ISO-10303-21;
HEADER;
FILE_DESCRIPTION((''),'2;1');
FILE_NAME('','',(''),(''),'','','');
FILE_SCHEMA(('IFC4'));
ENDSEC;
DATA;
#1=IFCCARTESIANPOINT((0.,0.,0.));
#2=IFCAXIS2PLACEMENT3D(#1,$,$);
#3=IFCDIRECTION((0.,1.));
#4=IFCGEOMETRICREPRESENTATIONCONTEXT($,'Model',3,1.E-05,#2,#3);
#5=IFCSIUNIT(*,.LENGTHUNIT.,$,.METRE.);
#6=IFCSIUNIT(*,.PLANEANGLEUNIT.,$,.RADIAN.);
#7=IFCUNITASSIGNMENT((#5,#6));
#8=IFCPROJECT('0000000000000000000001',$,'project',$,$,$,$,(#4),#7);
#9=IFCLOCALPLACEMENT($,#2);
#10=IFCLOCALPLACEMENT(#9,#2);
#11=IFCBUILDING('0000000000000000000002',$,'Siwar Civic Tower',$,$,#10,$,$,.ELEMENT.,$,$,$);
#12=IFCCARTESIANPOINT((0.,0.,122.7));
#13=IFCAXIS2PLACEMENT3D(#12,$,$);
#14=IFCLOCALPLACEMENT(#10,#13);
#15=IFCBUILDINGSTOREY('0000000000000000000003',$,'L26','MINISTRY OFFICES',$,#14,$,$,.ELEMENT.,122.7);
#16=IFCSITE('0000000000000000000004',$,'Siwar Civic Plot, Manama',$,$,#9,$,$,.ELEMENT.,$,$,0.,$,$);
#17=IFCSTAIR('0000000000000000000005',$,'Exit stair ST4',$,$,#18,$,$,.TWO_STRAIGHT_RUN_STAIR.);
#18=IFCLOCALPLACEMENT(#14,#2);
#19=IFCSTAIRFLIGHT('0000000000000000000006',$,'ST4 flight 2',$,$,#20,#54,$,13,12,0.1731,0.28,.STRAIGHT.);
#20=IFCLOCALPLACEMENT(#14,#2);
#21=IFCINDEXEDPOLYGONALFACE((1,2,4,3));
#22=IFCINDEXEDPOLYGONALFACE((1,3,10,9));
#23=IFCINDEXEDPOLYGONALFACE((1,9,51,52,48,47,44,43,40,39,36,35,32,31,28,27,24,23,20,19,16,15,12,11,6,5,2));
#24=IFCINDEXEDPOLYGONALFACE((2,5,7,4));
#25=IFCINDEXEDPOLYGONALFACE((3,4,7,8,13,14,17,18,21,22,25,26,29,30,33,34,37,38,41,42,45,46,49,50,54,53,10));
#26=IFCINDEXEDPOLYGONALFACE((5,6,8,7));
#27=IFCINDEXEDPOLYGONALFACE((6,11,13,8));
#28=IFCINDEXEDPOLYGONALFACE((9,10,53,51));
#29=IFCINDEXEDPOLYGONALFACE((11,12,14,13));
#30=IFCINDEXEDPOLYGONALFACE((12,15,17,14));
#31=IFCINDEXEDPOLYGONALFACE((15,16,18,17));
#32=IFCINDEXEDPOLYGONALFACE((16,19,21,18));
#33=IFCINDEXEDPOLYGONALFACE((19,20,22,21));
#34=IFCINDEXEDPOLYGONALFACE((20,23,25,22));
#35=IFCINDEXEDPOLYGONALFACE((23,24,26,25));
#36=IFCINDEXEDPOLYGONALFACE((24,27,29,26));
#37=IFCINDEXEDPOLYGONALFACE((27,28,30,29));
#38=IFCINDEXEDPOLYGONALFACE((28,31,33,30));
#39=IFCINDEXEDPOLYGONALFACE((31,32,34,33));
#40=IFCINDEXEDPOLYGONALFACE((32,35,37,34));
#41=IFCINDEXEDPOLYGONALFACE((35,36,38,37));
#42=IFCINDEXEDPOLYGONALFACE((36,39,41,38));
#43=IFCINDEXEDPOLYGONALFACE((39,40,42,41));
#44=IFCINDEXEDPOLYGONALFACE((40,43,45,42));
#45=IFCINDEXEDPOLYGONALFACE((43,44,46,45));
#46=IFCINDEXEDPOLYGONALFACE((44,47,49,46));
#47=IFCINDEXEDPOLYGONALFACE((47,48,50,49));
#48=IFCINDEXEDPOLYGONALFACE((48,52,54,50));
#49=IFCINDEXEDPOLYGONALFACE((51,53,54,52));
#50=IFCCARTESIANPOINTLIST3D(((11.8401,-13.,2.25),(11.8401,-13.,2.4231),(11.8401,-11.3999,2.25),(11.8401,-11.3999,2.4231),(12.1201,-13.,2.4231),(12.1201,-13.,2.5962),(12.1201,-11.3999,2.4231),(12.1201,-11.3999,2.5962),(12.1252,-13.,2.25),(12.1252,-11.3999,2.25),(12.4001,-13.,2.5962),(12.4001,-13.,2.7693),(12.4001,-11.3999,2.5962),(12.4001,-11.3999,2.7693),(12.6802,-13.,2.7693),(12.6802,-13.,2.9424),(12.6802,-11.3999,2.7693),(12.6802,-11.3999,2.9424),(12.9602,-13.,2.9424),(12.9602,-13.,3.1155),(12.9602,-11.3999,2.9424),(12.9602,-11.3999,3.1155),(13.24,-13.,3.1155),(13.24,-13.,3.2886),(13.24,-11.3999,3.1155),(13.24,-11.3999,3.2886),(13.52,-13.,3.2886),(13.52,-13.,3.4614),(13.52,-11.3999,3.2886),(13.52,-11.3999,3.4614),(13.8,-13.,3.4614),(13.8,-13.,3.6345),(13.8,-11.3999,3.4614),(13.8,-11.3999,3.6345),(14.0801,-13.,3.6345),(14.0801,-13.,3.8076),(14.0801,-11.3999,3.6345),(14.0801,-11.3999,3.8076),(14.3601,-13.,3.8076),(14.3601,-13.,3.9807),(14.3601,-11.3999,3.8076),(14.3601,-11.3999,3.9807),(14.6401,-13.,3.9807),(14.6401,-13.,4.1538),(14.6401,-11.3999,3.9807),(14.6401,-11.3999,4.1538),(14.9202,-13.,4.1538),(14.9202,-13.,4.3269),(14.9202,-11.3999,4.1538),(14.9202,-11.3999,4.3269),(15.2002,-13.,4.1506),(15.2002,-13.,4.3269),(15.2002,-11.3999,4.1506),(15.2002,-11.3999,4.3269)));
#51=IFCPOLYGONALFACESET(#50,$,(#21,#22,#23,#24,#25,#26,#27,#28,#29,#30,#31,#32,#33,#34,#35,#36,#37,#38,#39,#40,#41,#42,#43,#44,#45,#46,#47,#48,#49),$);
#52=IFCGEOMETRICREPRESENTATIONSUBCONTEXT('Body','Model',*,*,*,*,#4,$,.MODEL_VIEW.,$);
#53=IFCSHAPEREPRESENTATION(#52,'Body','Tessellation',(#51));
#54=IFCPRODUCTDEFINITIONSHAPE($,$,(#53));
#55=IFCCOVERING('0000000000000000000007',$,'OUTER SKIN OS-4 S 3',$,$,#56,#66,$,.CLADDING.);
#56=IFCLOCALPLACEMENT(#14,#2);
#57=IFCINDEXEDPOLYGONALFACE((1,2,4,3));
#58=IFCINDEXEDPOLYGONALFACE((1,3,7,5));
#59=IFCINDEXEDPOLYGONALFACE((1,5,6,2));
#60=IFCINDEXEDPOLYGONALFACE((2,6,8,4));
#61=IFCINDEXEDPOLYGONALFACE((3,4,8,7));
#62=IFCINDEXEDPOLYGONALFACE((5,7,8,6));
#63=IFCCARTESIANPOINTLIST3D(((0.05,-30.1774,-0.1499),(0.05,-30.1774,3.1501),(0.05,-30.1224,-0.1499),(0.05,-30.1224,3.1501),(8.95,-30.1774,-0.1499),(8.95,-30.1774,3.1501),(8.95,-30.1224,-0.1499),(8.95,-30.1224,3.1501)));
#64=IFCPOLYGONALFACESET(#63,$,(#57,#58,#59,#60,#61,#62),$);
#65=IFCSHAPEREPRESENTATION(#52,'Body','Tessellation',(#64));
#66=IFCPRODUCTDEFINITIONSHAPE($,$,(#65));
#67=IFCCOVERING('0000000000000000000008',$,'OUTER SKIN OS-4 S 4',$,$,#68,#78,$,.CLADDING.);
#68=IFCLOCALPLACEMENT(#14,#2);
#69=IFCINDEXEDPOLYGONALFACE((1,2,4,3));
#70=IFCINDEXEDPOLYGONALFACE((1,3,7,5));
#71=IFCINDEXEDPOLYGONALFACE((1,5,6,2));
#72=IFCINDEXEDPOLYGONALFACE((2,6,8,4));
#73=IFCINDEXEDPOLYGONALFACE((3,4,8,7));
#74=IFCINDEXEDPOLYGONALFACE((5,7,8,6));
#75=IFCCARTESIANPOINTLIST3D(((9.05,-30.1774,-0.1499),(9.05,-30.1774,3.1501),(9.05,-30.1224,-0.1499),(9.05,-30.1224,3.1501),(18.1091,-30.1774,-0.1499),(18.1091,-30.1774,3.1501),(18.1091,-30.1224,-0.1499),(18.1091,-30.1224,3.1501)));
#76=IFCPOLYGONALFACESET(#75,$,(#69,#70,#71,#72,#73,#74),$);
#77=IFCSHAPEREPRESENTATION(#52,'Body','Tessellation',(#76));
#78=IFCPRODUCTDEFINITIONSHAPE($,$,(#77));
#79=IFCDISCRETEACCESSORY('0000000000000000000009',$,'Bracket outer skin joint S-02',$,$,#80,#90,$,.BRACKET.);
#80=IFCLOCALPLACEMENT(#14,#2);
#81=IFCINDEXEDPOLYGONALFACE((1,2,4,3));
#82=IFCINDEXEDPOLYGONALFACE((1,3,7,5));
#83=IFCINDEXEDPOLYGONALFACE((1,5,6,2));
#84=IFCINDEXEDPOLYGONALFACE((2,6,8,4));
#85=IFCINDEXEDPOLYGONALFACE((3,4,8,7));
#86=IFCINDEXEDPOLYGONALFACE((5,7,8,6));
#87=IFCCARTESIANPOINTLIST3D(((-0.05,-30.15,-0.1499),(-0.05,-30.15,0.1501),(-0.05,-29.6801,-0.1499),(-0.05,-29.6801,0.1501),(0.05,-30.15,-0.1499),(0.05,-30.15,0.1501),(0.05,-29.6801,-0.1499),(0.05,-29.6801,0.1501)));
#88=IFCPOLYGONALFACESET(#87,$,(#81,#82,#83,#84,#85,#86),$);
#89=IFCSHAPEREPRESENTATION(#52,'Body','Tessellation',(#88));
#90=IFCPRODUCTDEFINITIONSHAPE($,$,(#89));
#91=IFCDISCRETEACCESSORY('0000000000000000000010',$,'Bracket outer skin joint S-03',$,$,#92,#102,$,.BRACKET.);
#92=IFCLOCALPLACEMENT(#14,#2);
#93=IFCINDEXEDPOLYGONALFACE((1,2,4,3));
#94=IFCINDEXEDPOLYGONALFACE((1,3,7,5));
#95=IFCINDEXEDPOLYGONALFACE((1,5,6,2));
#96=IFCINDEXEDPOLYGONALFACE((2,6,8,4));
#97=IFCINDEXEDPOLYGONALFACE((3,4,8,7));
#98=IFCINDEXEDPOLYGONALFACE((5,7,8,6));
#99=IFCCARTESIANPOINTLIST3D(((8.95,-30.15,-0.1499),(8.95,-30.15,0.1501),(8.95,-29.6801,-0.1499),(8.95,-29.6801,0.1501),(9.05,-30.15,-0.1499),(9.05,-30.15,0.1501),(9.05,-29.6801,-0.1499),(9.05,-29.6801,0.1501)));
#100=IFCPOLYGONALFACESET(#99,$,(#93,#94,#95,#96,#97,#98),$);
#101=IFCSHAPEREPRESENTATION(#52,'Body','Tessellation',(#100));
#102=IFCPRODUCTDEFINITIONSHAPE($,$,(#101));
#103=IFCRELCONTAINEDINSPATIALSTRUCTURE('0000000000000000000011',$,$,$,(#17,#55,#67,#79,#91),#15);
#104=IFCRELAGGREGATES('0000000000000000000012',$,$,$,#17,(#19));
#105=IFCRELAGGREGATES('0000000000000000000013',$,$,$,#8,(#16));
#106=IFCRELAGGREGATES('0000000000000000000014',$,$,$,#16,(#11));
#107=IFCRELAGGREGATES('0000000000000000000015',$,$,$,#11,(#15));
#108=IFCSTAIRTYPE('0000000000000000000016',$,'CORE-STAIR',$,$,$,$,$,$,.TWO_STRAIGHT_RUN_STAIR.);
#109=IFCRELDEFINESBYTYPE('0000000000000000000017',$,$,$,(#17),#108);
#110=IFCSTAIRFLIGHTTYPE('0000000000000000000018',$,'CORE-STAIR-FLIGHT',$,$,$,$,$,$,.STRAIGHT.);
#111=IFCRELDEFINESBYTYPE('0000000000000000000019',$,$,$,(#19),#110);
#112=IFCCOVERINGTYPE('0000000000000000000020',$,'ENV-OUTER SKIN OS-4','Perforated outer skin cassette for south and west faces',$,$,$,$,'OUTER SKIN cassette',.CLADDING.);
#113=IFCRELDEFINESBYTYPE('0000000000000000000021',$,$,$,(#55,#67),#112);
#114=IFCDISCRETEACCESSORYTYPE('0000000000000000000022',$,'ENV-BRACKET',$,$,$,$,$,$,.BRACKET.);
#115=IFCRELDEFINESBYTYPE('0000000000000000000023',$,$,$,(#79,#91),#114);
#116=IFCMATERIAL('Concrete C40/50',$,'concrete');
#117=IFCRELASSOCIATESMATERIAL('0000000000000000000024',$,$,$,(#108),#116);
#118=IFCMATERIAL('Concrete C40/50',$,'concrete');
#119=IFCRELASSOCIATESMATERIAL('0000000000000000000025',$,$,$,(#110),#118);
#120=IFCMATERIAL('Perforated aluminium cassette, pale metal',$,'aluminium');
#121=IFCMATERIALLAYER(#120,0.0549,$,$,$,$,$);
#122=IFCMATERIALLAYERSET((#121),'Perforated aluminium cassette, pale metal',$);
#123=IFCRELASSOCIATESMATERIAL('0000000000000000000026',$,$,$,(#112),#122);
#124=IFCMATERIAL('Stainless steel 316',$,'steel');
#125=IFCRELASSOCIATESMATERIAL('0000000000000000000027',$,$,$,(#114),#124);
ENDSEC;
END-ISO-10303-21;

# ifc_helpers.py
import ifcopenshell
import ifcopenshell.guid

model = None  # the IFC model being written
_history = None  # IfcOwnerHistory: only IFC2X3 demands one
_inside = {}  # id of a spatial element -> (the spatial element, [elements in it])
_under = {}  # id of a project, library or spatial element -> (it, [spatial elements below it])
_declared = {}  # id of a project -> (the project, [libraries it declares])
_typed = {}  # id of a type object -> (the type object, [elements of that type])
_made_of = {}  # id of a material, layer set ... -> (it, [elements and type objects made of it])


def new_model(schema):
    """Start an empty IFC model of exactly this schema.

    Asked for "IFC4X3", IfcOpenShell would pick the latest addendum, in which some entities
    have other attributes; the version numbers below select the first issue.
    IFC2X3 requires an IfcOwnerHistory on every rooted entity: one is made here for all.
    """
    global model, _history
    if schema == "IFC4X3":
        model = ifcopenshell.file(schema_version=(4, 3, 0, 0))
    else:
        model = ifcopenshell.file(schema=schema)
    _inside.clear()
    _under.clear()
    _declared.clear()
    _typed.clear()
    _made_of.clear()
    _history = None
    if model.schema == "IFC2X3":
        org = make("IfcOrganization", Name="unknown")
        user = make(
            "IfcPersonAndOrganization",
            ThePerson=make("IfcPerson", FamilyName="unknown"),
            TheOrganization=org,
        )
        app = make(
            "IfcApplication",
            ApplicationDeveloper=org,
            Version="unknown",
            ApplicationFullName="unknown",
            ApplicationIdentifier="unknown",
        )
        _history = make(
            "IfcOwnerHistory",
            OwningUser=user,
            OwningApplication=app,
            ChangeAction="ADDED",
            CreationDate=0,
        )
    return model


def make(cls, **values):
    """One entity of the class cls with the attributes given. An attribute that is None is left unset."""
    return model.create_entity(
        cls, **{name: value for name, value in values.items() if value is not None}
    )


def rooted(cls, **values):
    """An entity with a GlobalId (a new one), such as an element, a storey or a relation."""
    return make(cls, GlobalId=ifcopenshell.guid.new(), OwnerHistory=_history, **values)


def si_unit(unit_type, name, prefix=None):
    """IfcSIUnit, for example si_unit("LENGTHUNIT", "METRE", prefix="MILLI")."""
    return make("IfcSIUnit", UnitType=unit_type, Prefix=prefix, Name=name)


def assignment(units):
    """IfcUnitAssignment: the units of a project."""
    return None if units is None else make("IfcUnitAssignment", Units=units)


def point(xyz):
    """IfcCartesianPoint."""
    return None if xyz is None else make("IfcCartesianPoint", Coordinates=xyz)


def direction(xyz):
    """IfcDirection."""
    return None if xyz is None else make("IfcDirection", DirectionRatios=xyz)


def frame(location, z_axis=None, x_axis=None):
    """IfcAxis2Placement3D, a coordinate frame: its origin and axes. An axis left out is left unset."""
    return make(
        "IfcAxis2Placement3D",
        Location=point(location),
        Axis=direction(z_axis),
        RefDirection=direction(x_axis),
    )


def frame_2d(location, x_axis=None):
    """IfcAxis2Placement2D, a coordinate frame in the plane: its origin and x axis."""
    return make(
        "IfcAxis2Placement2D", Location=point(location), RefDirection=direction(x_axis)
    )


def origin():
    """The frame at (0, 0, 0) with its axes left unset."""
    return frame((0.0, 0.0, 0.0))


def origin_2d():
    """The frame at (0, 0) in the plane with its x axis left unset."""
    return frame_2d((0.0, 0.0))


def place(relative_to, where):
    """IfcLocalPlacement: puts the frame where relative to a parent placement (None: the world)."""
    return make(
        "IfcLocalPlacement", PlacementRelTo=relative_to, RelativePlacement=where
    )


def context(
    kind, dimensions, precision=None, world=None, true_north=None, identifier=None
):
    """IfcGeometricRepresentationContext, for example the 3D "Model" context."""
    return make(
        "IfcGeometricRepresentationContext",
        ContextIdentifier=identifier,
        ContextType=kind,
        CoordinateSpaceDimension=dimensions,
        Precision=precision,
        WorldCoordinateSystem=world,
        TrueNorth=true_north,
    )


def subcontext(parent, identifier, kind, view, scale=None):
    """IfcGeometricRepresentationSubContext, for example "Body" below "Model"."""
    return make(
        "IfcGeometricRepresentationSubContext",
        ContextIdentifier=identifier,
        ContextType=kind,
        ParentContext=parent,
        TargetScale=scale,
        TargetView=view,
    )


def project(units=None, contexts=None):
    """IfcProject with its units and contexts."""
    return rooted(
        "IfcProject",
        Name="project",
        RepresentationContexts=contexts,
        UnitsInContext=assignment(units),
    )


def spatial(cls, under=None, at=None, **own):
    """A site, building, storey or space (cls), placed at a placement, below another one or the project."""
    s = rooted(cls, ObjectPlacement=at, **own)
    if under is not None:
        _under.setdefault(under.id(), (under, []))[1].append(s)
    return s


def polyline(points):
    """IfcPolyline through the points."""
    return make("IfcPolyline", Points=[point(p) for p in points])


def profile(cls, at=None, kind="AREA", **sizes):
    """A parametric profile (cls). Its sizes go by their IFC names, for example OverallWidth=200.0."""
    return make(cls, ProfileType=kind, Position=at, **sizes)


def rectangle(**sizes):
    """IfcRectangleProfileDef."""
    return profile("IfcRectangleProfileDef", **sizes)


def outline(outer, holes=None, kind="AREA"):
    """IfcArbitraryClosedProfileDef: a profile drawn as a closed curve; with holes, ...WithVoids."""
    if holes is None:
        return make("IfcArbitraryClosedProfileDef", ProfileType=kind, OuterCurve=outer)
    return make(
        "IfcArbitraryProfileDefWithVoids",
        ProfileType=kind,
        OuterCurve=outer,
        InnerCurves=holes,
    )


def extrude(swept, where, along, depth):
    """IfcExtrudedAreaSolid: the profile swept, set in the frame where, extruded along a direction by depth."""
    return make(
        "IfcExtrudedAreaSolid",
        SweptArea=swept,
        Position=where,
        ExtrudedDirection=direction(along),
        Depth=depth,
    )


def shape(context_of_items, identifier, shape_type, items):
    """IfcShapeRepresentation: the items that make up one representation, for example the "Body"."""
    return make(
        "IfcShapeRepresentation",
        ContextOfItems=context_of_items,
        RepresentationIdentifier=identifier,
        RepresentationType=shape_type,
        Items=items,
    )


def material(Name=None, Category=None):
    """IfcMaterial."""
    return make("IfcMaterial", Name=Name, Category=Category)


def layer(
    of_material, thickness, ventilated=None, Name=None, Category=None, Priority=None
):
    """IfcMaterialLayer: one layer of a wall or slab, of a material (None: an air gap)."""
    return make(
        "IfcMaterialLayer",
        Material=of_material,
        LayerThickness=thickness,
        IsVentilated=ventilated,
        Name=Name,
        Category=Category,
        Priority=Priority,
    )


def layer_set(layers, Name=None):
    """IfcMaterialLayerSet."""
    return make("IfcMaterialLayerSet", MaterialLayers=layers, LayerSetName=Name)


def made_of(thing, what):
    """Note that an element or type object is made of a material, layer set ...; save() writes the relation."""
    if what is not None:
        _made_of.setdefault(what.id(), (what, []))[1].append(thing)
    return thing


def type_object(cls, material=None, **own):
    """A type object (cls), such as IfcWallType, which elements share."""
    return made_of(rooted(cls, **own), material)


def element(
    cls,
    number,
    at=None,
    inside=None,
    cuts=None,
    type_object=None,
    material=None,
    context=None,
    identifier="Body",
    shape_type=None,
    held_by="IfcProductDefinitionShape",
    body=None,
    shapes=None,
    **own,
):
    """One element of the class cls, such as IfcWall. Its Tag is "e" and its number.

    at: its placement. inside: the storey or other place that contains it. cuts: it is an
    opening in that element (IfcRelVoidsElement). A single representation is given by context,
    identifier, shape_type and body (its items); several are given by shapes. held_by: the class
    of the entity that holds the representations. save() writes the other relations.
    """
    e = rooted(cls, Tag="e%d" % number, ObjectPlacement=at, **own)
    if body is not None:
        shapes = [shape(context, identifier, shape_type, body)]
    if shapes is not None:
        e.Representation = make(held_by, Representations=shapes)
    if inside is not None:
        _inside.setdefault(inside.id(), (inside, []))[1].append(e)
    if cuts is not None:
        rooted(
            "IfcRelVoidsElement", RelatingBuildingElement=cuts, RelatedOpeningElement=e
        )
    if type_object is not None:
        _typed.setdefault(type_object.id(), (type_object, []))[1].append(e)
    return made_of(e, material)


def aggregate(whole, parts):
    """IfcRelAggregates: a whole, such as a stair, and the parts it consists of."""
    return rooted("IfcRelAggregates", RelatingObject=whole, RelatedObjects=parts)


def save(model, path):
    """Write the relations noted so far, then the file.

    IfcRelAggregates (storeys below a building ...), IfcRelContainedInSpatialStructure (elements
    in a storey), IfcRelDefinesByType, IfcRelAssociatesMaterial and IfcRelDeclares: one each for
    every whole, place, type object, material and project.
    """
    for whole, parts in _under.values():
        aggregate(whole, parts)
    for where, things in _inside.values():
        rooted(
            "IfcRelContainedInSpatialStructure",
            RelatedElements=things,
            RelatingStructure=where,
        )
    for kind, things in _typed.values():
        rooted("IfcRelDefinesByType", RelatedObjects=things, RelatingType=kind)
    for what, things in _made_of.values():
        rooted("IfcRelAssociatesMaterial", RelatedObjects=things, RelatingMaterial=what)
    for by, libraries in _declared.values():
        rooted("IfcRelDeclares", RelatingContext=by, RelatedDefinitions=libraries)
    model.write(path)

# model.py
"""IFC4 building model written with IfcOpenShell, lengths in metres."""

from ifc_helpers import new_model, si_unit, direction, frame, origin, origin_2d, place, context, subcontext, project, spatial, polyline, rectangle, outline, extrude, material, layer, layer_set, type_object, element, aggregate, save


model = new_model("IFC4")

# Units and contexts
model_context = context("Model", 3, precision=1e-05, world=origin(), true_north=direction((0.0, 1.0)))
body_context = subcontext(model_context, "Body", "Model", "MODEL_VIEW")
ifc_project = project(units=[si_unit("LENGTHUNIT", "METRE"), si_unit("PLANEANGLEUNIT", "RADIAN")], contexts=[model_context])

# Site, building, storey
site_placement = place(None, origin())
site = spatial("IfcSite", under=ifc_project, at=site_placement, Name="Siwar Civic Plot, Manama", CompositionType="ELEMENT", RefElevation=0.0)
building_placement = place(site_placement, origin())
building = spatial("IfcBuilding", under=site, at=building_placement, Name="Siwar Civic Tower", CompositionType="ELEMENT")
storey_placement = place(building_placement, frame((0.0, 0.0, 122.7)))
storey = spatial("IfcBuildingStorey", under=building, at=storey_placement, Name="L26", Description="MINISTRY OFFICES", CompositionType="ELEMENT", Elevation=122.7)

# Stair, stair flight
ifc_material_1 = material(Name="Concrete C40/50", Category="concrete")
stair_type = type_object("IfcStairType", Name="CORE-STAIR", PredefinedType="TWO_STRAIGHT_RUN_STAIR", material=ifc_material_1)
stair_placement = place(storey_placement, origin())
stair = element("IfcStair", 1, at=stair_placement, inside=storey, type_object=stair_type, Name="Exit stair ST4", PredefinedType="TWO_STRAIGHT_RUN_STAIR")
ifc_material_2 = material(Name="Concrete C40/50", Category="concrete")
stair_flight_type = type_object("IfcStairFlightType", Name="CORE-STAIR-FLIGHT", PredefinedType="STRAIGHT", material=ifc_material_2)
stair_flight_placement = place(storey_placement, frame((11.8401, -12.2, 2.25), z_axis=(0.0, 0.0, 1.0), x_axis=(1.0, 0.0, 0.0)))
stair_flight = element("IfcStairFlight", 2, at=stair_flight_placement, type_object=stair_flight_type, Name="ST4 flight 2", NumberOfRisers=13, NumberOfTreads=12, PredefinedType="STRAIGHT", RiserHeight=0.1731, TreadLength=0.28, context=body_context, shape_type="SweptSolid", body=[
    extrude(outline(polyline([(0.0, 0.0), (0.0, 0.1731), (0.28, 0.1731), (0.28, 0.3462), (0.5601, 0.3462), (0.5601, 0.5193), (0.8401, 0.5193), (0.8401, 0.6924), (1.1201, 0.6924), (1.1201, 0.8655), (1.3999, 0.8655), (1.3999, 1.0386), (1.6799, 1.0386), (1.6799, 1.2114), (1.96, 1.2114), (1.96, 1.3845), (2.24, 1.3845), (2.24, 1.5576), (2.52, 1.5576), (2.52, 1.7307), (2.8, 1.7307), (2.8, 1.9038), (3.0801, 1.9038), (3.0801, 2.0769), (3.3601, 2.0769), (3.3601, 2.25), (3.3601, 1.9006), (0.2852, 0.0), (0.0, 0.0)])), frame((0.0, 0.8, 0.0), z_axis=(0.0, -1.0, 0.0), x_axis=(1.0, 0.0, 0.0)), (0.0, 0.0, 1.0), 1.6001),
])
aggregate(stair, [stair_flight])

# Coverings
ifc_material_3 = material(Name="Perforated aluminium cassette, pale metal", Category="aluminium")
ifc_layer_1 = layer(ifc_material_3, 0.0549)
ifc_layer_set_1 = layer_set([ifc_layer_1], Name="Perforated aluminium cassette, pale metal")
covering_type = type_object("IfcCoveringType", Name="ENV-OUTER SKIN OS-4", Description="Perforated outer skin cassette for south and west faces", ElementType="OUTER SKIN cassette", PredefinedType="CLADDING", material=ifc_layer_set_1)
covering_1_placement = place(storey_placement, frame((4.5, -30.1499, -0.1499), z_axis=(0.0, 0.0, 1.0), x_axis=(1.0, 0.0, 0.0)))
element("IfcCovering", 3, at=covering_1_placement, inside=storey, type_object=covering_type, Name="OUTER SKIN OS-4 S 3", PredefinedType="CLADDING", context=body_context, shape_type="SweptSolid", body=[
    extrude(rectangle(XDim=8.8999, YDim=0.0549, at=origin_2d()), origin(), (0.0, 0.0, 1.0), 3.3),
])
covering_2_placement = place(storey_placement, frame((13.5796, -30.1499, -0.1499), z_axis=(0.0, 0.0, 1.0), x_axis=(1.0, 0.0, 0.0)))
element("IfcCovering", 4, at=covering_2_placement, inside=storey, type_object=covering_type, Name="OUTER SKIN OS-4 S 4", PredefinedType="CLADDING", context=body_context, shape_type="SweptSolid", body=[
    extrude(rectangle(XDim=9.0591, YDim=0.0549, at=origin_2d()), origin(), (0.0, 0.0, 1.0), 3.3),
])

# Discrete accessories
ifc_material_4 = material(Name="Stainless steel 316", Category="steel")
discrete_accessory_type = type_object("IfcDiscreteAccessoryType", Name="ENV-BRACKET", PredefinedType="BRACKET", material=ifc_material_4)
for number, where, z_axis, x_axis, name in (
    (5, (0.0, -29.915, -0.1499), (0.0, 0.0, 1.0), (0.0, -1.0, 0.0), "Bracket outer skin joint S-02"),
    (6, (9.0, -29.915, -0.1499), (0.0, 0.0, 1.0), (0.0, -1.0, 0.0), "Bracket outer skin joint S-03"),
):
    element("IfcDiscreteAccessory", number, at=place(storey_placement, frame(where, z_axis=z_axis, x_axis=x_axis)), inside=storey, type_object=discrete_accessory_type, Name=name, PredefinedType="BRACKET", context=body_context, shape_type="SweptSolid", body=[
        extrude(rectangle(XDim=0.47, YDim=0.1001, at=origin_2d()), origin(), (0.0, 0.0, 1.0), 0.3),
    ])

save(model, "model.ifc")
